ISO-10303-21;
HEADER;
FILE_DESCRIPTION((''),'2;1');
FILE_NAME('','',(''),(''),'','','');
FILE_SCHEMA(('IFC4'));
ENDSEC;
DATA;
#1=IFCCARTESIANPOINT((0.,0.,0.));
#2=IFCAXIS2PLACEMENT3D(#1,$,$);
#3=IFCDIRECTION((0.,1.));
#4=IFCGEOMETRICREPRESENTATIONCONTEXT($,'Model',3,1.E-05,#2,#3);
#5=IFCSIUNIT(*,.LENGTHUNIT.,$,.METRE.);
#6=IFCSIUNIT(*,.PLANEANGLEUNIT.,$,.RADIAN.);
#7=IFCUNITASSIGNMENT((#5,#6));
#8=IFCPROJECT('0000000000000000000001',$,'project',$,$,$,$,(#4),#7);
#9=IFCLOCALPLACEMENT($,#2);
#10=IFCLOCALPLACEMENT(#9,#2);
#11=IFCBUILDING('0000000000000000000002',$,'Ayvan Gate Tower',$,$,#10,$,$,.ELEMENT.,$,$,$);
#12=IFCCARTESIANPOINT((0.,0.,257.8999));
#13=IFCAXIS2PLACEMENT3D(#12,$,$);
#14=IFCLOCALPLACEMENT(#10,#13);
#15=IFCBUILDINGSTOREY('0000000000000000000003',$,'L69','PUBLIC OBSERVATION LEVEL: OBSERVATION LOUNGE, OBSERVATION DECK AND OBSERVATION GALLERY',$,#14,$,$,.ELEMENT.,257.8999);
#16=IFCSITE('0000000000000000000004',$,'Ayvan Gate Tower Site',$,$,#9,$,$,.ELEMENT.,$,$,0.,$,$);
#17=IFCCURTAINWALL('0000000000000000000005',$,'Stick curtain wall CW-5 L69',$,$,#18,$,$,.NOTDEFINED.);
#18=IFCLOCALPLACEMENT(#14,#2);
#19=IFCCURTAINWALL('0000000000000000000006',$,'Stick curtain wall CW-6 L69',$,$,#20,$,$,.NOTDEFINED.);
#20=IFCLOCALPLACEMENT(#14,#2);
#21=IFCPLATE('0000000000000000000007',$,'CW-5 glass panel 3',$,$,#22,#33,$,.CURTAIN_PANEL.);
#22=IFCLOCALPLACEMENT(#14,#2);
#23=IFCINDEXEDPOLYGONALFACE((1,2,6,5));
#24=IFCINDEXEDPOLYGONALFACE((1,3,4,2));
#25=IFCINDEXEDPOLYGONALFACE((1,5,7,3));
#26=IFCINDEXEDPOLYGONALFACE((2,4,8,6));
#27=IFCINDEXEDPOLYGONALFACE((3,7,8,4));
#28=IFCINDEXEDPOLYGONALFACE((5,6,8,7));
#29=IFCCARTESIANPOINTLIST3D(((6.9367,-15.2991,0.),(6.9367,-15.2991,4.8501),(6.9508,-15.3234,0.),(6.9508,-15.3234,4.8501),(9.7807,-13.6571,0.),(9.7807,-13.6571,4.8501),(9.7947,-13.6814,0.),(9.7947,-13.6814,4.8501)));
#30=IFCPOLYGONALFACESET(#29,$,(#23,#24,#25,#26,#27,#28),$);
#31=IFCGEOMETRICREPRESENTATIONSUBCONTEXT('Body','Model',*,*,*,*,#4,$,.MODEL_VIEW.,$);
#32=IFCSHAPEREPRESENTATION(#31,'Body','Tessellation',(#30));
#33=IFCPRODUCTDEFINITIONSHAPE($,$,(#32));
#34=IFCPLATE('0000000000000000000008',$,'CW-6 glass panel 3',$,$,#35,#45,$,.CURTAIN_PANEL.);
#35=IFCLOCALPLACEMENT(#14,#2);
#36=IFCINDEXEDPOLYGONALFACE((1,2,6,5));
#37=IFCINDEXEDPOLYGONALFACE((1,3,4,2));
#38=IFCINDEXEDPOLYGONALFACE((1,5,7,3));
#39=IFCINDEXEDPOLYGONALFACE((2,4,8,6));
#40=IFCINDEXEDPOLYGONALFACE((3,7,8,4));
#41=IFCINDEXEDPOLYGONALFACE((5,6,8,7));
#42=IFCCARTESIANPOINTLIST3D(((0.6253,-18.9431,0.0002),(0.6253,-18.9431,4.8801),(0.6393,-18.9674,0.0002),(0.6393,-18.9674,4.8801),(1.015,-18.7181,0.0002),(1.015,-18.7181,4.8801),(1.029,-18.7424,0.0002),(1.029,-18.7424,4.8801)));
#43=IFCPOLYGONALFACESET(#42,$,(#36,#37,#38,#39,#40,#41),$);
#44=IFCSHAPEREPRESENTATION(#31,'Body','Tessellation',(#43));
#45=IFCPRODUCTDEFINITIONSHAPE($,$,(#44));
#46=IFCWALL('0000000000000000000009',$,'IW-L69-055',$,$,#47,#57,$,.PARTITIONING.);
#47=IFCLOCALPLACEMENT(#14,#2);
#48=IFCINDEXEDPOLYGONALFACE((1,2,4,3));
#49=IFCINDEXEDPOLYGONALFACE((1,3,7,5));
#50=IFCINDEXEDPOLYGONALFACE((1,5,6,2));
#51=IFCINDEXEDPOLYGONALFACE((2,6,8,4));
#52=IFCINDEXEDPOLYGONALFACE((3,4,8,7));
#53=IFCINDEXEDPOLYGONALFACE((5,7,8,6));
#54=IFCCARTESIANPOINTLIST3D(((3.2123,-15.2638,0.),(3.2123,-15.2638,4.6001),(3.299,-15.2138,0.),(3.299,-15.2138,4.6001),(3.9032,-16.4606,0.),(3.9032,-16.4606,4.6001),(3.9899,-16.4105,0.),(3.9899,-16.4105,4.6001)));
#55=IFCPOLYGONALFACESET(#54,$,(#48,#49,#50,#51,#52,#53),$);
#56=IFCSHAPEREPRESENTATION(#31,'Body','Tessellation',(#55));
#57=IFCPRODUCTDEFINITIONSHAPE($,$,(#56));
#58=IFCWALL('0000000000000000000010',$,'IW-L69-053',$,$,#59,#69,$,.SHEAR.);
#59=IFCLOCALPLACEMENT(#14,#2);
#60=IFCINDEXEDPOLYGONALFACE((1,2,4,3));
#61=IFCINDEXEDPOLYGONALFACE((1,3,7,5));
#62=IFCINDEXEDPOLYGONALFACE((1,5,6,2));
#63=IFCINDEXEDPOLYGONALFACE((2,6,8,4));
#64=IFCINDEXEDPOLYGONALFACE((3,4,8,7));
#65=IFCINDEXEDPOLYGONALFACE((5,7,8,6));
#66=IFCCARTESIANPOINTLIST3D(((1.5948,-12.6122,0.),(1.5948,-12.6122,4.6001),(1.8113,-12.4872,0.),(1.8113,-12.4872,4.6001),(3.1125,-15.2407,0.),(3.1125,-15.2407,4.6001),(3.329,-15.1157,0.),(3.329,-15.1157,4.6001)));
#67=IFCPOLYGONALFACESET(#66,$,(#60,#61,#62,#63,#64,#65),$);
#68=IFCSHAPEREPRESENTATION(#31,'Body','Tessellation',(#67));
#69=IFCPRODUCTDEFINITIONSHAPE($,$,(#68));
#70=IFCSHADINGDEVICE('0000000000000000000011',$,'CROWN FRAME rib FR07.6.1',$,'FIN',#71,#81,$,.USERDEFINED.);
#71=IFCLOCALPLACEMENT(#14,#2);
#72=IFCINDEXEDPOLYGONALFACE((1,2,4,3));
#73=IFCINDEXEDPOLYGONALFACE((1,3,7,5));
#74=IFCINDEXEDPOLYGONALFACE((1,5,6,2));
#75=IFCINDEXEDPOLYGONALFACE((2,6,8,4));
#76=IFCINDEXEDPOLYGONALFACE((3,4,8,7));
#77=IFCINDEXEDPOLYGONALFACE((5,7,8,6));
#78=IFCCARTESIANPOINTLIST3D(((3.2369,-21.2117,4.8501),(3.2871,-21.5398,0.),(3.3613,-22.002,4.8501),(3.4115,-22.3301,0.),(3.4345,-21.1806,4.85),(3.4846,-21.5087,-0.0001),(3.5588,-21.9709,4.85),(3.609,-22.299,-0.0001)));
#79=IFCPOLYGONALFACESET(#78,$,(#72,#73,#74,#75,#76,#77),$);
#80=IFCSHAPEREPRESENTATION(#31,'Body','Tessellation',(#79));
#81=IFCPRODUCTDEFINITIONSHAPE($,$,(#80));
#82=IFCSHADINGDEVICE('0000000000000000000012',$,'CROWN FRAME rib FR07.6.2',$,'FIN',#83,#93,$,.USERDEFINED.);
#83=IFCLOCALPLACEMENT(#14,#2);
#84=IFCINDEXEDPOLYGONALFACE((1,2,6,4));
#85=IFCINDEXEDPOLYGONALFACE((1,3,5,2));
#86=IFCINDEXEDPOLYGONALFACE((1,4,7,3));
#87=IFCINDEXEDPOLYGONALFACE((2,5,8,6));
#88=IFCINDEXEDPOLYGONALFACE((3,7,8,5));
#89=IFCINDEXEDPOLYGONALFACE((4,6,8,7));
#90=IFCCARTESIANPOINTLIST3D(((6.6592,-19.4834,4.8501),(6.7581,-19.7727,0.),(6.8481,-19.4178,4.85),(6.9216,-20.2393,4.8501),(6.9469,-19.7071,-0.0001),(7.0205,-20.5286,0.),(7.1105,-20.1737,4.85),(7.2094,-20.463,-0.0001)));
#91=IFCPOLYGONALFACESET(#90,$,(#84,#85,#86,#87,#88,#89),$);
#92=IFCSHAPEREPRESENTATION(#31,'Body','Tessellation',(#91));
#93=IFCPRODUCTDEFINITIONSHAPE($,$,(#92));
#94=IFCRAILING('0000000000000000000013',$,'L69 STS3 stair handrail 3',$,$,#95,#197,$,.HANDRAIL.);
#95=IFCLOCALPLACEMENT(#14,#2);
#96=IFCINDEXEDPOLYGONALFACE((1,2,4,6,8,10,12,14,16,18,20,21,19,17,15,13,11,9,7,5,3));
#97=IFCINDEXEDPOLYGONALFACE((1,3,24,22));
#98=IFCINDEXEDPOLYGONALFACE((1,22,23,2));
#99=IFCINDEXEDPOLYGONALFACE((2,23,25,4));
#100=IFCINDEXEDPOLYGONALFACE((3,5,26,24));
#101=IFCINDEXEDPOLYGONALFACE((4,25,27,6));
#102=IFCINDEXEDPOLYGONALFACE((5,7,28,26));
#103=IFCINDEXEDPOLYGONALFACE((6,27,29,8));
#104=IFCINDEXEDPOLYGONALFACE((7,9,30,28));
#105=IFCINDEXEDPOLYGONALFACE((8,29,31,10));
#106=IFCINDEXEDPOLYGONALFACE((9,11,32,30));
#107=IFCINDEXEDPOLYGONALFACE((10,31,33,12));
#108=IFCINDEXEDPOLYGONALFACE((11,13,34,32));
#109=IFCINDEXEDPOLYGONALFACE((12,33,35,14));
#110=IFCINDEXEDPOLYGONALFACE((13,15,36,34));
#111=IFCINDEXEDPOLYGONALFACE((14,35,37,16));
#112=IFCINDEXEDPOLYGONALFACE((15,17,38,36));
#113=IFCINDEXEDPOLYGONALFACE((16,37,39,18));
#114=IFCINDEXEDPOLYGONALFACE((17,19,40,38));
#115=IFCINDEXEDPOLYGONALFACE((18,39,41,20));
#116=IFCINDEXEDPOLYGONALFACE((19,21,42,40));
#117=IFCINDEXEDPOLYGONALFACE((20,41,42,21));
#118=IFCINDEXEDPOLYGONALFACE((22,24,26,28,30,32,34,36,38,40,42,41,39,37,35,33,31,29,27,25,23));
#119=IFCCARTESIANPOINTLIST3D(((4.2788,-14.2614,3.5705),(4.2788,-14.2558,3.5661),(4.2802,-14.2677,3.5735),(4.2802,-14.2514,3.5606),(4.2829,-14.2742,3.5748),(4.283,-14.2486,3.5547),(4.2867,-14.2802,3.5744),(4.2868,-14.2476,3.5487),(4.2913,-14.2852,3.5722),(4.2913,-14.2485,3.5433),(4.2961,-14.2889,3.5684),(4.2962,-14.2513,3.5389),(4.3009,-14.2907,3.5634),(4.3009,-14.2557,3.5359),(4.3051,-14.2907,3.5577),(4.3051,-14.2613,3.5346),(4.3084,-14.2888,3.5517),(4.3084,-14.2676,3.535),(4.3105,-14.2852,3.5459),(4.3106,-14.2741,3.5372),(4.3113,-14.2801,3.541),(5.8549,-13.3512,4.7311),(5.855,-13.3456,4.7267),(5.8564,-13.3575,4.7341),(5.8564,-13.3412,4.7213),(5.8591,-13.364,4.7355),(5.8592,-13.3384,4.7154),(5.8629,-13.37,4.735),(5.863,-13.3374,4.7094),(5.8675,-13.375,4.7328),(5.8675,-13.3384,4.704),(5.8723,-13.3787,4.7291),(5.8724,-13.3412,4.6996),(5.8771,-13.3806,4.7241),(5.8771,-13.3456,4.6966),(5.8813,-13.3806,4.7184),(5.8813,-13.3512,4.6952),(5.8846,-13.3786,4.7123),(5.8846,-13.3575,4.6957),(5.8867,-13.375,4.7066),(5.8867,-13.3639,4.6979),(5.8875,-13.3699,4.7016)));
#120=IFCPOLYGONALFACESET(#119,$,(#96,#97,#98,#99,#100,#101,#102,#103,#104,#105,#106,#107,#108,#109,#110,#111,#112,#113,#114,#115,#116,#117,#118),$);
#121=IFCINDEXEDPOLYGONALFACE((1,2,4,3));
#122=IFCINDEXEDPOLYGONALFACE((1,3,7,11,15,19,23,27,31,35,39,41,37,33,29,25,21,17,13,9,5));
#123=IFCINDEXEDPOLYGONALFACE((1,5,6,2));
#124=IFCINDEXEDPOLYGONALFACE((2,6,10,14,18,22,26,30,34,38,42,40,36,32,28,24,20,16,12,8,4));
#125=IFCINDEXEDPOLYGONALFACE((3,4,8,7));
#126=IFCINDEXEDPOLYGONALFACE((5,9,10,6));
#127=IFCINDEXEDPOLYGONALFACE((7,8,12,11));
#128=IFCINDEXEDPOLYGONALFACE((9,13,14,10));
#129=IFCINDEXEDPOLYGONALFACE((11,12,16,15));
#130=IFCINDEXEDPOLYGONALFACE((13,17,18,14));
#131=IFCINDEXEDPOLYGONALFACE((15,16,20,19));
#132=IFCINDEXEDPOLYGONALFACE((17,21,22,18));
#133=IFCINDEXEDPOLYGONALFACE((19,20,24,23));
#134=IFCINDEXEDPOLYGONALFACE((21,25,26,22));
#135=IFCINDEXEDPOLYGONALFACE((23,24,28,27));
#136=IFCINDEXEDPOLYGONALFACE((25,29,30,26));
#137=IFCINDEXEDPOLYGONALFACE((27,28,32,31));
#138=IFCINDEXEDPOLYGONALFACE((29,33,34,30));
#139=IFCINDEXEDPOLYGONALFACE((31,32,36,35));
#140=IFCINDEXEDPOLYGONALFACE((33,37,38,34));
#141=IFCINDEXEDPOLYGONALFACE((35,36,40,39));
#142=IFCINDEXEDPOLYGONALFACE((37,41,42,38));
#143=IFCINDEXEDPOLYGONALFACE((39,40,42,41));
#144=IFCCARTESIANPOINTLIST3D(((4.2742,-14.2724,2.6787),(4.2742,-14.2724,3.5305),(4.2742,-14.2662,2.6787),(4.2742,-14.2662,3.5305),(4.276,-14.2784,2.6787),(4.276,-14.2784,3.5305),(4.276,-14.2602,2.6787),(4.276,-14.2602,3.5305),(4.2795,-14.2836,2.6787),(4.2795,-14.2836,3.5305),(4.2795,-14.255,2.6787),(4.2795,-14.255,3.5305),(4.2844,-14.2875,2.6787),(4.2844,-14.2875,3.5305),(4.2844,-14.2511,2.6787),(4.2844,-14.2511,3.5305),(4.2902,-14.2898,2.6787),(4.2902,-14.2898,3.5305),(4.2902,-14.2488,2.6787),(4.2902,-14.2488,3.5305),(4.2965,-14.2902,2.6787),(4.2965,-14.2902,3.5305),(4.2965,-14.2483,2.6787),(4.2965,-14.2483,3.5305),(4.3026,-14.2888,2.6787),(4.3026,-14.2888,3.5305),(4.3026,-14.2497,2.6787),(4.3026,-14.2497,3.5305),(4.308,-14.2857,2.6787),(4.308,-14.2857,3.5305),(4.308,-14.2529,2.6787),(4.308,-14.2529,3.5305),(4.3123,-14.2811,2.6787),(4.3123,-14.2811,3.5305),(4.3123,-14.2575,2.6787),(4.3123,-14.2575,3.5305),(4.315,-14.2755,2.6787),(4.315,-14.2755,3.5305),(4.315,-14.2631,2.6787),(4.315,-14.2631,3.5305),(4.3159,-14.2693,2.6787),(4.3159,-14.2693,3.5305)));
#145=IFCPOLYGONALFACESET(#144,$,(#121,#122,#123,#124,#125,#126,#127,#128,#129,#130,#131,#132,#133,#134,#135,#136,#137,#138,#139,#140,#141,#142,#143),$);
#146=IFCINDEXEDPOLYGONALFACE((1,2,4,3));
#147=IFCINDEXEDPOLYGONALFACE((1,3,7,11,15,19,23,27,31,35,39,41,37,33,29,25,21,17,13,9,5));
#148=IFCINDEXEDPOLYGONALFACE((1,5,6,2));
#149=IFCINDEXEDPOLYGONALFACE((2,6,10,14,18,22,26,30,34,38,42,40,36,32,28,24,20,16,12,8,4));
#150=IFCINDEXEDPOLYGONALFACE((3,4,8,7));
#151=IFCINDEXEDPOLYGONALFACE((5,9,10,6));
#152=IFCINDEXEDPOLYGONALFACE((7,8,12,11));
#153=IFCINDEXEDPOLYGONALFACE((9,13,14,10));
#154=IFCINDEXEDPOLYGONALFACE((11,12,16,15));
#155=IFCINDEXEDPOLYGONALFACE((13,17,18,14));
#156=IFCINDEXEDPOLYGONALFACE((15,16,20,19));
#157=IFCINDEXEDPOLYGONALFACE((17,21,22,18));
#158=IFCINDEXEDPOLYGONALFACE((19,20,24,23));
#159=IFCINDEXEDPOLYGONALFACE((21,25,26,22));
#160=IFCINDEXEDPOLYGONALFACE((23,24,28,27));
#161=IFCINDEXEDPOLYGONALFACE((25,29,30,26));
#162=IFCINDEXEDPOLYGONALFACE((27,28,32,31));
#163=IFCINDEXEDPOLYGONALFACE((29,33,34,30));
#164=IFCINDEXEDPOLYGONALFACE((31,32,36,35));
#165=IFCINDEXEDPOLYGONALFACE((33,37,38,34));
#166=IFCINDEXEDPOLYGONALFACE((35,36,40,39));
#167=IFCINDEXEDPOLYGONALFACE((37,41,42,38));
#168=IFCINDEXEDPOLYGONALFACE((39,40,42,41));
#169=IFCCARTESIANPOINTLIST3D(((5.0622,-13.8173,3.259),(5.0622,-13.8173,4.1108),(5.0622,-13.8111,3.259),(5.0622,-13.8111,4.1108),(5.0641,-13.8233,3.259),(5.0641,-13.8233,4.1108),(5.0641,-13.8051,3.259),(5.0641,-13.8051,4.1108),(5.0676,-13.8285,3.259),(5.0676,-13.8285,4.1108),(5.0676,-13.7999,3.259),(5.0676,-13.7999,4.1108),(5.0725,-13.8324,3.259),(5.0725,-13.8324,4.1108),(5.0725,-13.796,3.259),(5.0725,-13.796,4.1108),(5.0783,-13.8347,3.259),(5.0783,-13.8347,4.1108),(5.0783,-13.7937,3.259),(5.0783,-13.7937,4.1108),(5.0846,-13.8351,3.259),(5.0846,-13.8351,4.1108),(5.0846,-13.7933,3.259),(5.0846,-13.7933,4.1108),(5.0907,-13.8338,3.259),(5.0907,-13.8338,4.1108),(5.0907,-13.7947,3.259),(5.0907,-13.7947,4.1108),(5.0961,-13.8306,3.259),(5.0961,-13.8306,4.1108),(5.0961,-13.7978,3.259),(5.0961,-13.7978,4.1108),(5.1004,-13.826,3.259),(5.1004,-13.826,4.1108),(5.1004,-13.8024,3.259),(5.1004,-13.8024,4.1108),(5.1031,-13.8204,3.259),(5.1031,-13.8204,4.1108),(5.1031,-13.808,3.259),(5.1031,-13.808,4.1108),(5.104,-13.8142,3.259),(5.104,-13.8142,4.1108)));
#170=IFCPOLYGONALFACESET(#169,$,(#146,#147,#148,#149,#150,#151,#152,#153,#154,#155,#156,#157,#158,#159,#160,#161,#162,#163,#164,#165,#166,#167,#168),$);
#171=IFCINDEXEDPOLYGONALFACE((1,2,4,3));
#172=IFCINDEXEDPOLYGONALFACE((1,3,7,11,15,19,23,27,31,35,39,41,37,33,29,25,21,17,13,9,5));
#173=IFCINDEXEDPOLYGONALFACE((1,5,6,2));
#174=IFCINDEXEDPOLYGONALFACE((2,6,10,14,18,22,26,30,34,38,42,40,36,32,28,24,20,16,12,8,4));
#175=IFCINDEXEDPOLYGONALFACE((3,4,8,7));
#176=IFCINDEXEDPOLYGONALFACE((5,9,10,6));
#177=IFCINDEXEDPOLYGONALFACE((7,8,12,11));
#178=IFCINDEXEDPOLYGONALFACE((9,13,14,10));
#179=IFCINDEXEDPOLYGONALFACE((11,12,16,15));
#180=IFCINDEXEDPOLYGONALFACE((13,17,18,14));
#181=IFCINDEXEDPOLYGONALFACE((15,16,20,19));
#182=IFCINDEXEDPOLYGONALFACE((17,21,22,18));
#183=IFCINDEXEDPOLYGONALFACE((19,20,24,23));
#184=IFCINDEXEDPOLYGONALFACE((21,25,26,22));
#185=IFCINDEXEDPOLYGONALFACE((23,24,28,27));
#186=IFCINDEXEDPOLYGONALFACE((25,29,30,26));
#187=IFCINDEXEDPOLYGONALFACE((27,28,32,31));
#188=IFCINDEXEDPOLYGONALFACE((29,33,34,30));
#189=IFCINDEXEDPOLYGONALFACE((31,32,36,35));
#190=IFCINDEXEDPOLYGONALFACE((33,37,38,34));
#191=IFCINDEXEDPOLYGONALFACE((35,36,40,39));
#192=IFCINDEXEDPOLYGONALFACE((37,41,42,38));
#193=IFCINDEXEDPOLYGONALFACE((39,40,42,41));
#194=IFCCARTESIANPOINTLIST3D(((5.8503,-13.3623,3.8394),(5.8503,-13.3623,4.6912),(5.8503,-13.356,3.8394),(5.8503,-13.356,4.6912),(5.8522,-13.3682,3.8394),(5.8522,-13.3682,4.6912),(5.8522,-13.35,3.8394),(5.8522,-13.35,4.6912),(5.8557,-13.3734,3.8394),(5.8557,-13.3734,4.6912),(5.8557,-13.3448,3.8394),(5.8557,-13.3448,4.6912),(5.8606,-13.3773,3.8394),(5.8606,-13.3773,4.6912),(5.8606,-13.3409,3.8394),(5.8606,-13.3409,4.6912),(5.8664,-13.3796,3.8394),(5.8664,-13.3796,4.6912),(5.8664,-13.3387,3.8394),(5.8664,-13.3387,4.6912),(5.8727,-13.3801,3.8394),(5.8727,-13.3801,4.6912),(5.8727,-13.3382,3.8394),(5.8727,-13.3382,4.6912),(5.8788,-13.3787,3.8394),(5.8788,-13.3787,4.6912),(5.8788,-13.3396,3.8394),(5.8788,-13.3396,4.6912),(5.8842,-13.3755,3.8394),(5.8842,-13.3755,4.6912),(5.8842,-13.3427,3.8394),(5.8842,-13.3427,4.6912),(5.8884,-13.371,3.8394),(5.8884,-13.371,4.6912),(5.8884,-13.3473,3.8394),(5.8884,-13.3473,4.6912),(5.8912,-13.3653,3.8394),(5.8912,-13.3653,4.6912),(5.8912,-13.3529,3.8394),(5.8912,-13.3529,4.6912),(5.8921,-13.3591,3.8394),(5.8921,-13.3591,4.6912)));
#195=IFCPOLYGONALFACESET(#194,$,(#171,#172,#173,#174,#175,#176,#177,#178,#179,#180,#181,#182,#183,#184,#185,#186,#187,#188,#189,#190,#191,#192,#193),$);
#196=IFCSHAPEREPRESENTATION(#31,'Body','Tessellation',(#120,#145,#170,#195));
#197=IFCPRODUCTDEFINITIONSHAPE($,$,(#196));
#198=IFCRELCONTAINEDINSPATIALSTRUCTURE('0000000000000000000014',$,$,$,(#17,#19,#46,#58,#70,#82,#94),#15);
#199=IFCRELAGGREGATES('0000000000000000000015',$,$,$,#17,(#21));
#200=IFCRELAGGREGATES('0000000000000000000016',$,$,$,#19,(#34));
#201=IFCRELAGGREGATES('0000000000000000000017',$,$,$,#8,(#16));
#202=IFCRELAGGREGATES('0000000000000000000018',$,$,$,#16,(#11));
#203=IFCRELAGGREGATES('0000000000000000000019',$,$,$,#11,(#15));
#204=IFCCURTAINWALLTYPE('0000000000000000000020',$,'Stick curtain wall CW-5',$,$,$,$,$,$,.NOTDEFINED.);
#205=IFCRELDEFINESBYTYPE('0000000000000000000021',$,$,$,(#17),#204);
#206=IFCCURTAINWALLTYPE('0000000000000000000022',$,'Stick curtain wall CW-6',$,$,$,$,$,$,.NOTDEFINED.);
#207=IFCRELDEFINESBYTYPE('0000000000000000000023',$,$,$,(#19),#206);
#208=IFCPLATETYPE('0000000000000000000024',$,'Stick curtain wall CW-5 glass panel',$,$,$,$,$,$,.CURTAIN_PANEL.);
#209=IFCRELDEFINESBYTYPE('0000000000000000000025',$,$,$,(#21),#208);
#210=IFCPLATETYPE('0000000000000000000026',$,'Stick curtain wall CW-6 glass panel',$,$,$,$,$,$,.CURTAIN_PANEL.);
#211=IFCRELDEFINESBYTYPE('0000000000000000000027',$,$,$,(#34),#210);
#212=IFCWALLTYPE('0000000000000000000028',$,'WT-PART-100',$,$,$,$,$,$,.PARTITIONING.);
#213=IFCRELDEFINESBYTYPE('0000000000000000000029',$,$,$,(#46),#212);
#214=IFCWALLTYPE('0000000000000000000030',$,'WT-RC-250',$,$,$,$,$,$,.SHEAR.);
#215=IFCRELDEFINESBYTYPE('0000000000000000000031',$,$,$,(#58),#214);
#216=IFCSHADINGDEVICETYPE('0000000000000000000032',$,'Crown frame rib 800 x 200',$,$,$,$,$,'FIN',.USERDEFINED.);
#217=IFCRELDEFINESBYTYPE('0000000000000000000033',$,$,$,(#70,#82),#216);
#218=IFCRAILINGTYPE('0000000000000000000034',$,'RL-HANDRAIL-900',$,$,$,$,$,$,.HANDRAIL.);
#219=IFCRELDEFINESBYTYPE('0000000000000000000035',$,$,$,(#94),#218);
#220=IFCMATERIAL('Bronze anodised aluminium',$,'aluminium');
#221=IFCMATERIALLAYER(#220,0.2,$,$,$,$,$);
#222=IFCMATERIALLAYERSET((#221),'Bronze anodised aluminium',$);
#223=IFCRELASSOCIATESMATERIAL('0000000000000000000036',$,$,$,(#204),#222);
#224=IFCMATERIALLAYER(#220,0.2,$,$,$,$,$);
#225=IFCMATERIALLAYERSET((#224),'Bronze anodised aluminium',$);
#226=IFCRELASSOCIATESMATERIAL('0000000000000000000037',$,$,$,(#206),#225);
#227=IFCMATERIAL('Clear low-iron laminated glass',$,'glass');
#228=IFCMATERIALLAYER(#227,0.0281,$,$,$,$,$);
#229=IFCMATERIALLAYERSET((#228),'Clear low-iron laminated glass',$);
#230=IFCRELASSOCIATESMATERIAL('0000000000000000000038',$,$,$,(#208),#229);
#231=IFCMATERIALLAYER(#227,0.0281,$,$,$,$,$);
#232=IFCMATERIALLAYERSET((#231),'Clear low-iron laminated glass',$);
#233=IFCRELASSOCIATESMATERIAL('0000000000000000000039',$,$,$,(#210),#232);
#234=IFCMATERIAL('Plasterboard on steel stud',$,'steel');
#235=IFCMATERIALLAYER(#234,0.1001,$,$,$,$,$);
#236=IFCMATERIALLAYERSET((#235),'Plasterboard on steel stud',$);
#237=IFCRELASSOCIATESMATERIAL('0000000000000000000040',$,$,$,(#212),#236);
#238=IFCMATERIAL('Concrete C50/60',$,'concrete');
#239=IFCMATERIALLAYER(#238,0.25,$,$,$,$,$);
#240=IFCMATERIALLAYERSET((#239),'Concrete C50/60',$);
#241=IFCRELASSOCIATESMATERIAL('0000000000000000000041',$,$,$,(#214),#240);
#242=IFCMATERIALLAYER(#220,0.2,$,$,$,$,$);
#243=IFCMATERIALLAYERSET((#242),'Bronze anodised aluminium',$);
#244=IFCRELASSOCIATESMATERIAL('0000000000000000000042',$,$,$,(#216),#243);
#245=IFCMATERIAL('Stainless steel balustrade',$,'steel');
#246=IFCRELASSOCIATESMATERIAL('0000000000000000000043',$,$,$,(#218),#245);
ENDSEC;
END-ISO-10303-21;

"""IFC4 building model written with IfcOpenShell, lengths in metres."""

from ifc_helpers import new_model, si_unit, direction, frame, frame_2d, origin, origin_2d, place, context, subcontext, project, spatial, polyline, rectangle, circle, outline, extrude, material, layer, layer_set, type_object, element, aggregate, save


model = new_model("IFC4")

# Units and contexts
model_context = context("Model", 3, precision=1e-05, world=origin(), true_north=direction((0.0, 1.0)))
body_context = subcontext(model_context, "Body", "Model", "MODEL_VIEW")
ifc_project = project(units=[si_unit("LENGTHUNIT", "METRE"), si_unit("PLANEANGLEUNIT", "RADIAN")], contexts=[model_context])

# Site, building, storey
site_placement = place(None, origin())
site = spatial("IfcSite", under=ifc_project, at=site_placement, Name="Ayvan Gate Tower Site", CompositionType="ELEMENT", RefElevation=0.0)
building_placement = place(site_placement, origin())
building = spatial("IfcBuilding", under=site, at=building_placement, Name="Ayvan Gate Tower", CompositionType="ELEMENT")
storey_placement = place(building_placement, frame((0.0, 0.0, 257.8999)))
storey = spatial("IfcBuildingStorey", under=building, at=storey_placement, Name="L69", Description="PUBLIC OBSERVATION LEVEL: OBSERVATION LOUNGE, OBSERVATION DECK AND OBSERVATION GALLERY", CompositionType="ELEMENT", Elevation=257.8999)

# Shared definitions
ifc_material_1 = material(Name="Concrete C50/60", Category="concrete")

# Curtain walls
ifc_material_2 = material(Name="Bronze anodised aluminium", Category="aluminium")
ifc_layer_1 = layer(ifc_material_2, 0.2)
ifc_layer_set_1 = layer_set([ifc_layer_1], Name="Bronze anodised aluminium")
curtain_wall_type_1 = type_object("IfcCurtainWallType", Name="Stick curtain wall CW-5", PredefinedType="NOTDEFINED", material=ifc_layer_set_1)
curtain_wall_1_placement = place(storey_placement, origin())
curtain_wall_1 = element("IfcCurtainWall", 1, at=curtain_wall_1_placement, inside=storey, type_object=curtain_wall_type_1, Name="Stick curtain wall CW-5 L69", PredefinedType="NOTDEFINED")
ifc_layer_2 = layer(ifc_material_2, 0.2)
ifc_layer_set_2 = layer_set([ifc_layer_2], Name="Bronze anodised aluminium")
curtain_wall_type_2 = type_object("IfcCurtainWallType", Name="Stick curtain wall CW-6", PredefinedType="NOTDEFINED", material=ifc_layer_set_2)
curtain_wall_2_placement = place(storey_placement, origin())
curtain_wall_2 = element("IfcCurtainWall", 2, at=curtain_wall_2_placement, inside=storey, type_object=curtain_wall_type_2, Name="Stick curtain wall CW-6 L69", PredefinedType="NOTDEFINED")

# Plates
ifc_material_3 = material(Name="Clear low-iron laminated glass", Category="glass")
ifc_layer_3 = layer(ifc_material_3, 0.0281)
ifc_layer_set_3 = layer_set([ifc_layer_3], Name="Clear low-iron laminated glass")
plate_type_1 = type_object("IfcPlateType", Name="Stick curtain wall CW-5 glass panel", PredefinedType="CURTAIN_PANEL", material=ifc_layer_set_3)
plate_1_placement = place(storey_placement, frame((8.3657, -14.4902, 0.0), z_axis=(0.0, 0.0, 1.0), x_axis=(0.866025, 0.5, 0.0)))
plate_1 = element("IfcPlate", 3, at=plate_1_placement, type_object=plate_type_1, Name="CW-5 glass panel 3", PredefinedType="CURTAIN_PANEL", context=body_context, shape_type="SweptSolid", body=[
    extrude(rectangle(XDim=3.2839, YDim=0.0281, at=origin_2d()), origin(), (0.0, 0.0, 1.0), 4.8501),
])
aggregate(curtain_wall_1, [plate_1])
ifc_layer_4 = layer(ifc_material_3, 0.0281)
ifc_layer_set_4 = layer_set([ifc_layer_4], Name="Clear low-iron laminated glass")
plate_type_2 = type_object("IfcPlateType", Name="Stick curtain wall CW-6 glass panel", PredefinedType="CURTAIN_PANEL", material=ifc_layer_set_4)
plate_2_placement = place(storey_placement, frame((0.8271, -18.8428, 0.0002), z_axis=(0.0, 0.0, 1.0), x_axis=(0.866025, 0.5, 0.0)))
plate_2 = element("IfcPlate", 4, at=plate_2_placement, type_object=plate_type_2, Name="CW-6 glass panel 3", PredefinedType="CURTAIN_PANEL", context=body_context, shape_type="SweptSolid", body=[
    extrude(rectangle(XDim=0.45, YDim=0.0281, at=origin_2d()), origin(), (0.0, 0.0, 1.0), 4.8799),
])
aggregate(curtain_wall_2, [plate_2])

# Walls
ifc_material_4 = material(Name="Plasterboard on steel stud", Category="steel")
ifc_layer_5 = layer(ifc_material_4, 0.1001)
ifc_layer_set_5 = layer_set([ifc_layer_5], Name="Plasterboard on steel stud")
wall_type_1 = type_object("IfcWallType", Name="WT-PART-100", PredefinedType="PARTITIONING", material=ifc_layer_set_5)
wall_1_placement = place(storey_placement, frame((3.9465, -16.4355, 0.0), z_axis=(0.0, 0.0, 1.0), x_axis=(-0.499977, 0.866038, 0.0)))
element("IfcWall", 5, at=wall_1_placement, inside=storey, type_object=wall_type_1, Name="IW-L69-055", PredefinedType="PARTITIONING", context=body_context, shape_type="SweptSolid", body=[
    extrude(rectangle(XDim=1.3818, YDim=0.1001, at=frame_2d((0.6909, 0.0))), origin(), (0.0, 0.0, 1.0), 4.6001),
])
ifc_layer_6 = layer(ifc_material_1, 0.25)
ifc_layer_set_6 = layer_set([ifc_layer_6], Name="Concrete C50/60")
wall_type_2 = type_object("IfcWallType", Name="WT-RC-250", PredefinedType="SHEAR", material=ifc_layer_set_6)
wall_2_placement = place(storey_placement, frame((3.2207, -15.1782, 0.0), z_axis=(0.0, 0.0, 1.0), x_axis=(-0.500015, 0.866017, 0.0)))
element("IfcWall", 6, at=wall_2_placement, inside=storey, type_object=wall_type_2, Name="IW-L69-053", PredefinedType="SHEAR", context=body_context, shape_type="SweptSolid", body=[
    extrude(rectangle(XDim=3.0352, YDim=0.25, at=frame_2d((1.5176, 0.0))), origin(), (0.0, 0.0, 1.0), 4.6001),
])

# Shading devices
ifc_layer_7 = layer(ifc_material_2, 0.2)
ifc_layer_set_7 = layer_set([ifc_layer_7], Name="Bronze anodised aluminium")
shading_device_type = type_object("IfcShadingDeviceType", Name="Crown frame rib 800 x 200", ElementType="FIN", PredefinedType="USERDEFINED", material=ifc_layer_set_7)
shading_device_1_placement = place(storey_placement, frame((3.2871, -21.5398, 0.0), z_axis=(-0.987838, -0.155485, 0.000301), x_axis=(0.155485, -0.987838, 0.0)))
element("IfcShadingDevice", 7, at=shading_device_1_placement, inside=storey, type_object=shading_device_type, Name="CROWN FRAME rib FR07.6.1", ObjectType="FIN", PredefinedType="USERDEFINED", context=body_context, shape_type="SweptSolid", body=[
    extrude(outline(polyline([(0.0, 0.0), (0.8, 0.0), (0.4681, 4.8501), (-0.332, 4.8501), (0.0, 0.0)])), origin(), (0.0, 0.0, -1.0), 0.2),
])
shading_device_2_placement = place(storey_placement, frame((6.7581, -19.7727, 0.0), z_axis=(-0.944674, -0.328012, 0.000307), x_axis=(0.328012, -0.944674, 0.0)))
element("IfcShadingDevice", 8, at=shading_device_2_placement, inside=storey, type_object=shading_device_type, Name="CROWN FRAME rib FR07.6.2", ObjectType="FIN", PredefinedType="USERDEFINED", context=body_context, shape_type="SweptSolid", body=[
    extrude(outline(polyline([(0.0, 0.0), (0.8001, 0.0), (0.4944, 4.8501), (-0.3057, 4.8501), (0.0, 0.0)])), origin(), (0.0, 0.0, -1.0), 0.2),
])

# Railing
ifc_material_5 = material(Name="Stainless steel balustrade", Category="steel")
railing_type = type_object("IfcRailingType", Name="RL-HANDRAIL-900", PredefinedType="HANDRAIL", material=ifc_material_5)
railing_placement = place(storey_placement, frame((4.2949, -14.2693, 2.6787)))
element("IfcRailing", 9, at=railing_placement, inside=storey, type_object=railing_type, Name="L69 STS3 stair handrail 3", PredefinedType="HANDRAIL", context=body_context, shape_type="SweptSolid", body=[
    extrude(circle(Radius=0.0239, at=origin_2d()), frame((0.0, 0.0, 0.876), z_axis=(0.730163, 0.421631, 0.53767), x_axis=(-0.500063, 0.865989, 0.0)), (0.0, 0.0, 1.0), 2.1587),
    extrude(circle(Radius=0.021, at=origin_2d()), origin(), (0.0, 0.0, 1.0), 0.8518),
    extrude(circle(Radius=0.021, at=origin_2d()), frame((0.7881, 0.4551, 0.5803)), (0.0, 0.0, 1.0), 0.8518),
    extrude(circle(Radius=0.021, at=origin_2d()), frame((1.5762, 0.9102, 1.1606)), (0.0, 0.0, 1.0), 0.8518),
])

save(model, "model.ifc")
